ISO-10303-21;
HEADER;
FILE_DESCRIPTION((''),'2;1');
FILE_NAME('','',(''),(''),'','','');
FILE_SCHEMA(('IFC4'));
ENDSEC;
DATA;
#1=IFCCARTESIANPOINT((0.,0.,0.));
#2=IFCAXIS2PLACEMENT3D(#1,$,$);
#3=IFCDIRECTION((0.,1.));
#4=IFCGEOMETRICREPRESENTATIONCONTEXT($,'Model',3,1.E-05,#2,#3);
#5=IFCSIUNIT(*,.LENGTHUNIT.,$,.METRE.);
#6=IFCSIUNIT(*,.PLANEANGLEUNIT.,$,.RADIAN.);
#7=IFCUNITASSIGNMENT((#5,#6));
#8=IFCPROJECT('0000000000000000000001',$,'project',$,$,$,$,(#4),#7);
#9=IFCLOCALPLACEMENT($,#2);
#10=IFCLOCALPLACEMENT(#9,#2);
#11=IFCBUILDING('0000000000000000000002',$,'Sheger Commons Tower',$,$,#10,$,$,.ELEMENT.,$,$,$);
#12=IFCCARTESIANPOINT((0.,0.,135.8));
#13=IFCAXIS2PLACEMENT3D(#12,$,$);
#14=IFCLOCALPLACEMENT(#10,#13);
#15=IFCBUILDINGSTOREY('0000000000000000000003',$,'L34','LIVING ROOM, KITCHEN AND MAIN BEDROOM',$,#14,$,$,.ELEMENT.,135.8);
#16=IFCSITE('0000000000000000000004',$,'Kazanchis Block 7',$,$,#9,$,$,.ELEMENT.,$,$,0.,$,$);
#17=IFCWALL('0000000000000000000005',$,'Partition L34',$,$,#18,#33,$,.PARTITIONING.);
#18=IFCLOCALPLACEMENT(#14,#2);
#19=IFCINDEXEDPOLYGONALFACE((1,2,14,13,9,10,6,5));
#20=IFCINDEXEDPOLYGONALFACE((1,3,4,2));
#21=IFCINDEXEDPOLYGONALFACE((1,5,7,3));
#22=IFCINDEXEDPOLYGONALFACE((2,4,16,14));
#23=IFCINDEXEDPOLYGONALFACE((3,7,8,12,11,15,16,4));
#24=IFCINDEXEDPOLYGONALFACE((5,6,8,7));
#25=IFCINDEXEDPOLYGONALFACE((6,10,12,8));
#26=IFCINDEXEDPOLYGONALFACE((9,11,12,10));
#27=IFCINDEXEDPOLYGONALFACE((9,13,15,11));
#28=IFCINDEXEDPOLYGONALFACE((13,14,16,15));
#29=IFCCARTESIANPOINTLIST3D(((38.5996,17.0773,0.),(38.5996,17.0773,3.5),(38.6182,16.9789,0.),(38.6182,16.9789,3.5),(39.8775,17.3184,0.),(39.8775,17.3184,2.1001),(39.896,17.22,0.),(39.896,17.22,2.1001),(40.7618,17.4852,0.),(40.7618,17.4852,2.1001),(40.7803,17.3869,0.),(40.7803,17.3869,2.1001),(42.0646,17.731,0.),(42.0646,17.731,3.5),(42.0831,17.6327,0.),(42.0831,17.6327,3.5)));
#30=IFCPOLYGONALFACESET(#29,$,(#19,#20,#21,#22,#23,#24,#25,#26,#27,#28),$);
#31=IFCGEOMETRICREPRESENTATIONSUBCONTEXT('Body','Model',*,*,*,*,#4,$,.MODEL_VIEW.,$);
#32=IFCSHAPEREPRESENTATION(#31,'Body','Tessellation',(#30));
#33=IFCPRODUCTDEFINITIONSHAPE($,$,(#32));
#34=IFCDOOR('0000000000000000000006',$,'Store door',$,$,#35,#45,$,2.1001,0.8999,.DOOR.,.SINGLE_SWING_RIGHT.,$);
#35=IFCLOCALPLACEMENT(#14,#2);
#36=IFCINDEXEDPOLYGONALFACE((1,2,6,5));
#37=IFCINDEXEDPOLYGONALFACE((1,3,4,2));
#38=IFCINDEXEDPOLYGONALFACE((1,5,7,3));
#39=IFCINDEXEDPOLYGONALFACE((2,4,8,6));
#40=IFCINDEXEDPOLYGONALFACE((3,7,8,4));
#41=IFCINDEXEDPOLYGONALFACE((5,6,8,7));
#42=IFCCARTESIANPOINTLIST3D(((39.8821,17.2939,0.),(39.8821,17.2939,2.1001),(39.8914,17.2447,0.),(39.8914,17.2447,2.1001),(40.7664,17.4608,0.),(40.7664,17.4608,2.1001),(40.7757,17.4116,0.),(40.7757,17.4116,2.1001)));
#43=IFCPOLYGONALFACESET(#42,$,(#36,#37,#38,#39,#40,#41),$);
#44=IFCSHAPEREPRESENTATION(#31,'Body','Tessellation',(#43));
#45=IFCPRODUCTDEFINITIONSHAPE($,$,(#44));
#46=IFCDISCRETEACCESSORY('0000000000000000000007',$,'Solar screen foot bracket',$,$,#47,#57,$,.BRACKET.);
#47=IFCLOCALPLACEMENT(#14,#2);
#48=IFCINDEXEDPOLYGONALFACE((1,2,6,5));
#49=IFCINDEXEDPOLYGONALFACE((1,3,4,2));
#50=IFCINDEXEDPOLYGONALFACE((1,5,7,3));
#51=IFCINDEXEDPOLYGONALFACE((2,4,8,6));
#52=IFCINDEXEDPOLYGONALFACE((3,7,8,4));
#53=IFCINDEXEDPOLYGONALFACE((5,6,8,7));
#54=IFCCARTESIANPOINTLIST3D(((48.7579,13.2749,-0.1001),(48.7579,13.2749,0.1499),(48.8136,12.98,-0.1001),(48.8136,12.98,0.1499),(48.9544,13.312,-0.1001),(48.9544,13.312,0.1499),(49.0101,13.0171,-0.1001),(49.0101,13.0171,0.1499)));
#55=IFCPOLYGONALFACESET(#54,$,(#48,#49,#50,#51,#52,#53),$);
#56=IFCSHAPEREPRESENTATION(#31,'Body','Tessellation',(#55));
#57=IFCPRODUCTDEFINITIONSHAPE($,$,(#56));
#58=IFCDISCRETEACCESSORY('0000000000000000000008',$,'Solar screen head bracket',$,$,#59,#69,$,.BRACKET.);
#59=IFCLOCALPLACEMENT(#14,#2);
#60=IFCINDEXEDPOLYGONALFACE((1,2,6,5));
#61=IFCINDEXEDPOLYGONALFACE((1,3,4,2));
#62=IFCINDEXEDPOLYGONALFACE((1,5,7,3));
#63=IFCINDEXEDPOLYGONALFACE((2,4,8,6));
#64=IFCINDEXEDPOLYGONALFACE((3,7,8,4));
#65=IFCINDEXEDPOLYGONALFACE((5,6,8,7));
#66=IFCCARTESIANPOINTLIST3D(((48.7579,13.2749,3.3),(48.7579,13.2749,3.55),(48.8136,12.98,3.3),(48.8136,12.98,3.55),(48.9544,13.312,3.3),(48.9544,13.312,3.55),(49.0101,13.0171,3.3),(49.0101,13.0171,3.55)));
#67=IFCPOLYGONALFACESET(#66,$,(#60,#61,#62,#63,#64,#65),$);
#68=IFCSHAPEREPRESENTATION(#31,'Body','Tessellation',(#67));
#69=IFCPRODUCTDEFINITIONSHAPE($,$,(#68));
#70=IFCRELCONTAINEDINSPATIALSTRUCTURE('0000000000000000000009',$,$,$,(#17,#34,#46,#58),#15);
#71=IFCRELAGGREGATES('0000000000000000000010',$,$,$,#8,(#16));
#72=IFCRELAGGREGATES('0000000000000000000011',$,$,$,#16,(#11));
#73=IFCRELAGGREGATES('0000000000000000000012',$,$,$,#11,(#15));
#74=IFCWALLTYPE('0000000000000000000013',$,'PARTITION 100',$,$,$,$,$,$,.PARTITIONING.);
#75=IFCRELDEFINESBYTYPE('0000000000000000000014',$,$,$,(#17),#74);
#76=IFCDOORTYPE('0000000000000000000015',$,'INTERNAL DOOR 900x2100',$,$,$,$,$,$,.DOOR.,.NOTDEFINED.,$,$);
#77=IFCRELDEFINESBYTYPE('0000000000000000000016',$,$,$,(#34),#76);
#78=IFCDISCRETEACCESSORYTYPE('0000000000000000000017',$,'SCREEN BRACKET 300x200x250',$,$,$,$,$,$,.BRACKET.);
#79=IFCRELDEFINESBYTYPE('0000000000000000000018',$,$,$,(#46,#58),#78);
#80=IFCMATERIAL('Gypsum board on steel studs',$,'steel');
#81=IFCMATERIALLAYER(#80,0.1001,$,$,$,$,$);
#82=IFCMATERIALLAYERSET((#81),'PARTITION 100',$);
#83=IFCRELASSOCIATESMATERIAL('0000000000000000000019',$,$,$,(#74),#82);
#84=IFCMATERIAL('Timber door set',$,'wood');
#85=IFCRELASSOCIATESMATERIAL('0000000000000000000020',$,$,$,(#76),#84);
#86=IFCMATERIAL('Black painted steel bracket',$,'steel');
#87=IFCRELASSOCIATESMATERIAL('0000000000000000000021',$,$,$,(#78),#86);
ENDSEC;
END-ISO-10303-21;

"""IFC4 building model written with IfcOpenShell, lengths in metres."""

from ifc_helpers import new_model, si_unit, direction, frame, frame_2d, origin, origin_2d, place, context, subcontext, project, spatial, rectangle, extrude, material, layer, layer_set, type_object, element, fill, save


model = new_model("IFC4")

# Units and contexts
model_context = context("Model", 3, precision=1e-05, world=origin(), true_north=direction((0.0, 1.0)))
body_context = subcontext(model_context, "Body", "Model", "MODEL_VIEW")
ifc_project = project(units=[si_unit("LENGTHUNIT", "METRE"), si_unit("PLANEANGLEUNIT", "RADIAN")], contexts=[model_context])

# Site, building, storey
site_placement = place(None, origin())
site = spatial("IfcSite", under=ifc_project, at=site_placement, Name="Kazanchis Block 7", CompositionType="ELEMENT", RefElevation=0.0)
building_placement = place(site_placement, origin())
building = spatial("IfcBuilding", under=site, at=building_placement, Name="Sheger Commons Tower", CompositionType="ELEMENT")
storey_placement = place(building_placement, frame((0.0, 0.0, 135.8)))
storey = spatial("IfcBuildingStorey", under=building, at=storey_placement, Name="L34", Description="LIVING ROOM, KITCHEN AND MAIN BEDROOM", CompositionType="ELEMENT", Elevation=135.8)

# Shared definitions
ifc_material_1 = material(Name="Gypsum board on steel studs", Category="steel")
ifc_layer_1 = layer(ifc_material_1, 0.1001)
ifc_layer_set_1 = layer_set([ifc_layer_1], Name="PARTITION 100")
wall_type_1 = type_object("IfcWallType", Name="PARTITION 100", PredefinedType="PARTITIONING", material=ifc_layer_set_1)

# Shared definitions
ifc_material_2 = material(Name="Timber door set", Category="wood")
door_type = type_object("IfcDoorType", Name="INTERNAL DOOR 900x2100", OperationType="NOTDEFINED", PredefinedType="DOOR", material=ifc_material_2)

# Wall, opening, door
wall_1_placement = place(storey_placement, frame((42.074, 17.6819, 0.0), z_axis=(0.0, 0.0, 1.0), x_axis=(-0.982661, -0.185413, 0.0)))
wall_1 = element("IfcWall", 1, at=wall_1_placement, inside=storey, type_object=wall_type_1, Name="Partition L34", PredefinedType="PARTITIONING", context=body_context, shape_type="SweptSolid", body=[
    extrude(rectangle(XDim=3.5261, YDim=0.1001, at=frame_2d((1.7632, 0.0))), origin(), (0.0, 0.0, 1.0), 3.5),
])
opening_1_placement = place(wall_1_placement, frame((1.3259, 0.0, 0.0)))
opening_1 = element("IfcOpeningElement", 2, at=opening_1_placement, cuts=wall_1, PredefinedType="OPENING", context=body_context, shape_type="SweptSolid", body=[
    extrude(rectangle(XDim=0.8999, YDim=2.1001, at=frame_2d((0.45, 1.05))), frame((0.0, 0.0601, 0.0), z_axis=(0.0, -1.0, 0.0), x_axis=(1.0, 0.0, 0.0)), (0.0, 0.0, 1.0), 0.1201),
])
door_1_placement = place(opening_1_placement, origin())
door_1 = element("IfcDoor", 3, at=door_1_placement, inside=storey, type_object=door_type, Name="Store door", OperationType="SINGLE_SWING_RIGHT", OverallHeight=2.1001, OverallWidth=0.8999, PredefinedType="DOOR", context=body_context, shape_type="SweptSolid", body=[
    extrude(rectangle(XDim=0.8999, YDim=2.1001, at=frame_2d((0.45, 1.05))), frame((0.0, 0.0249, 0.0), z_axis=(0.0, -1.0, 0.0), x_axis=(1.0, 0.0, 0.0)), (0.0, 0.0, 1.0), 0.05),
])
fill(opening_1, door_1)

# Discrete accessories
ifc_material_3 = material(Name="Black painted steel bracket", Category="steel")
discrete_accessory_type = type_object("IfcDiscreteAccessoryType", Name="SCREEN BRACKET 300x200x250", PredefinedType="BRACKET", material=ifc_material_3)
for number, where, z_axis, x_axis, name in (
    (4, (48.884, 13.146, -0.1001), (0.0, 0.0, 1.0), (-0.185615, 0.982623, 0.0), "Solar screen foot bracket"),
    (5, (48.884, 13.146, 3.3), (0.0, 0.0, 1.0), (-0.185615, 0.982623, 0.0), "Solar screen head bracket"),
):
    element("IfcDiscreteAccessory", number, at=place(storey_placement, frame(where, z_axis=z_axis, x_axis=x_axis)), inside=storey, type_object=discrete_accessory_type, Name=name, PredefinedType="BRACKET", context=body_context, shape_type="SweptSolid", body=[
        extrude(rectangle(XDim=0.3, YDim=0.2, at=origin_2d()), origin(), (0.0, 0.0, 1.0), 0.25),
    ])

save(model, "model.ifc")
